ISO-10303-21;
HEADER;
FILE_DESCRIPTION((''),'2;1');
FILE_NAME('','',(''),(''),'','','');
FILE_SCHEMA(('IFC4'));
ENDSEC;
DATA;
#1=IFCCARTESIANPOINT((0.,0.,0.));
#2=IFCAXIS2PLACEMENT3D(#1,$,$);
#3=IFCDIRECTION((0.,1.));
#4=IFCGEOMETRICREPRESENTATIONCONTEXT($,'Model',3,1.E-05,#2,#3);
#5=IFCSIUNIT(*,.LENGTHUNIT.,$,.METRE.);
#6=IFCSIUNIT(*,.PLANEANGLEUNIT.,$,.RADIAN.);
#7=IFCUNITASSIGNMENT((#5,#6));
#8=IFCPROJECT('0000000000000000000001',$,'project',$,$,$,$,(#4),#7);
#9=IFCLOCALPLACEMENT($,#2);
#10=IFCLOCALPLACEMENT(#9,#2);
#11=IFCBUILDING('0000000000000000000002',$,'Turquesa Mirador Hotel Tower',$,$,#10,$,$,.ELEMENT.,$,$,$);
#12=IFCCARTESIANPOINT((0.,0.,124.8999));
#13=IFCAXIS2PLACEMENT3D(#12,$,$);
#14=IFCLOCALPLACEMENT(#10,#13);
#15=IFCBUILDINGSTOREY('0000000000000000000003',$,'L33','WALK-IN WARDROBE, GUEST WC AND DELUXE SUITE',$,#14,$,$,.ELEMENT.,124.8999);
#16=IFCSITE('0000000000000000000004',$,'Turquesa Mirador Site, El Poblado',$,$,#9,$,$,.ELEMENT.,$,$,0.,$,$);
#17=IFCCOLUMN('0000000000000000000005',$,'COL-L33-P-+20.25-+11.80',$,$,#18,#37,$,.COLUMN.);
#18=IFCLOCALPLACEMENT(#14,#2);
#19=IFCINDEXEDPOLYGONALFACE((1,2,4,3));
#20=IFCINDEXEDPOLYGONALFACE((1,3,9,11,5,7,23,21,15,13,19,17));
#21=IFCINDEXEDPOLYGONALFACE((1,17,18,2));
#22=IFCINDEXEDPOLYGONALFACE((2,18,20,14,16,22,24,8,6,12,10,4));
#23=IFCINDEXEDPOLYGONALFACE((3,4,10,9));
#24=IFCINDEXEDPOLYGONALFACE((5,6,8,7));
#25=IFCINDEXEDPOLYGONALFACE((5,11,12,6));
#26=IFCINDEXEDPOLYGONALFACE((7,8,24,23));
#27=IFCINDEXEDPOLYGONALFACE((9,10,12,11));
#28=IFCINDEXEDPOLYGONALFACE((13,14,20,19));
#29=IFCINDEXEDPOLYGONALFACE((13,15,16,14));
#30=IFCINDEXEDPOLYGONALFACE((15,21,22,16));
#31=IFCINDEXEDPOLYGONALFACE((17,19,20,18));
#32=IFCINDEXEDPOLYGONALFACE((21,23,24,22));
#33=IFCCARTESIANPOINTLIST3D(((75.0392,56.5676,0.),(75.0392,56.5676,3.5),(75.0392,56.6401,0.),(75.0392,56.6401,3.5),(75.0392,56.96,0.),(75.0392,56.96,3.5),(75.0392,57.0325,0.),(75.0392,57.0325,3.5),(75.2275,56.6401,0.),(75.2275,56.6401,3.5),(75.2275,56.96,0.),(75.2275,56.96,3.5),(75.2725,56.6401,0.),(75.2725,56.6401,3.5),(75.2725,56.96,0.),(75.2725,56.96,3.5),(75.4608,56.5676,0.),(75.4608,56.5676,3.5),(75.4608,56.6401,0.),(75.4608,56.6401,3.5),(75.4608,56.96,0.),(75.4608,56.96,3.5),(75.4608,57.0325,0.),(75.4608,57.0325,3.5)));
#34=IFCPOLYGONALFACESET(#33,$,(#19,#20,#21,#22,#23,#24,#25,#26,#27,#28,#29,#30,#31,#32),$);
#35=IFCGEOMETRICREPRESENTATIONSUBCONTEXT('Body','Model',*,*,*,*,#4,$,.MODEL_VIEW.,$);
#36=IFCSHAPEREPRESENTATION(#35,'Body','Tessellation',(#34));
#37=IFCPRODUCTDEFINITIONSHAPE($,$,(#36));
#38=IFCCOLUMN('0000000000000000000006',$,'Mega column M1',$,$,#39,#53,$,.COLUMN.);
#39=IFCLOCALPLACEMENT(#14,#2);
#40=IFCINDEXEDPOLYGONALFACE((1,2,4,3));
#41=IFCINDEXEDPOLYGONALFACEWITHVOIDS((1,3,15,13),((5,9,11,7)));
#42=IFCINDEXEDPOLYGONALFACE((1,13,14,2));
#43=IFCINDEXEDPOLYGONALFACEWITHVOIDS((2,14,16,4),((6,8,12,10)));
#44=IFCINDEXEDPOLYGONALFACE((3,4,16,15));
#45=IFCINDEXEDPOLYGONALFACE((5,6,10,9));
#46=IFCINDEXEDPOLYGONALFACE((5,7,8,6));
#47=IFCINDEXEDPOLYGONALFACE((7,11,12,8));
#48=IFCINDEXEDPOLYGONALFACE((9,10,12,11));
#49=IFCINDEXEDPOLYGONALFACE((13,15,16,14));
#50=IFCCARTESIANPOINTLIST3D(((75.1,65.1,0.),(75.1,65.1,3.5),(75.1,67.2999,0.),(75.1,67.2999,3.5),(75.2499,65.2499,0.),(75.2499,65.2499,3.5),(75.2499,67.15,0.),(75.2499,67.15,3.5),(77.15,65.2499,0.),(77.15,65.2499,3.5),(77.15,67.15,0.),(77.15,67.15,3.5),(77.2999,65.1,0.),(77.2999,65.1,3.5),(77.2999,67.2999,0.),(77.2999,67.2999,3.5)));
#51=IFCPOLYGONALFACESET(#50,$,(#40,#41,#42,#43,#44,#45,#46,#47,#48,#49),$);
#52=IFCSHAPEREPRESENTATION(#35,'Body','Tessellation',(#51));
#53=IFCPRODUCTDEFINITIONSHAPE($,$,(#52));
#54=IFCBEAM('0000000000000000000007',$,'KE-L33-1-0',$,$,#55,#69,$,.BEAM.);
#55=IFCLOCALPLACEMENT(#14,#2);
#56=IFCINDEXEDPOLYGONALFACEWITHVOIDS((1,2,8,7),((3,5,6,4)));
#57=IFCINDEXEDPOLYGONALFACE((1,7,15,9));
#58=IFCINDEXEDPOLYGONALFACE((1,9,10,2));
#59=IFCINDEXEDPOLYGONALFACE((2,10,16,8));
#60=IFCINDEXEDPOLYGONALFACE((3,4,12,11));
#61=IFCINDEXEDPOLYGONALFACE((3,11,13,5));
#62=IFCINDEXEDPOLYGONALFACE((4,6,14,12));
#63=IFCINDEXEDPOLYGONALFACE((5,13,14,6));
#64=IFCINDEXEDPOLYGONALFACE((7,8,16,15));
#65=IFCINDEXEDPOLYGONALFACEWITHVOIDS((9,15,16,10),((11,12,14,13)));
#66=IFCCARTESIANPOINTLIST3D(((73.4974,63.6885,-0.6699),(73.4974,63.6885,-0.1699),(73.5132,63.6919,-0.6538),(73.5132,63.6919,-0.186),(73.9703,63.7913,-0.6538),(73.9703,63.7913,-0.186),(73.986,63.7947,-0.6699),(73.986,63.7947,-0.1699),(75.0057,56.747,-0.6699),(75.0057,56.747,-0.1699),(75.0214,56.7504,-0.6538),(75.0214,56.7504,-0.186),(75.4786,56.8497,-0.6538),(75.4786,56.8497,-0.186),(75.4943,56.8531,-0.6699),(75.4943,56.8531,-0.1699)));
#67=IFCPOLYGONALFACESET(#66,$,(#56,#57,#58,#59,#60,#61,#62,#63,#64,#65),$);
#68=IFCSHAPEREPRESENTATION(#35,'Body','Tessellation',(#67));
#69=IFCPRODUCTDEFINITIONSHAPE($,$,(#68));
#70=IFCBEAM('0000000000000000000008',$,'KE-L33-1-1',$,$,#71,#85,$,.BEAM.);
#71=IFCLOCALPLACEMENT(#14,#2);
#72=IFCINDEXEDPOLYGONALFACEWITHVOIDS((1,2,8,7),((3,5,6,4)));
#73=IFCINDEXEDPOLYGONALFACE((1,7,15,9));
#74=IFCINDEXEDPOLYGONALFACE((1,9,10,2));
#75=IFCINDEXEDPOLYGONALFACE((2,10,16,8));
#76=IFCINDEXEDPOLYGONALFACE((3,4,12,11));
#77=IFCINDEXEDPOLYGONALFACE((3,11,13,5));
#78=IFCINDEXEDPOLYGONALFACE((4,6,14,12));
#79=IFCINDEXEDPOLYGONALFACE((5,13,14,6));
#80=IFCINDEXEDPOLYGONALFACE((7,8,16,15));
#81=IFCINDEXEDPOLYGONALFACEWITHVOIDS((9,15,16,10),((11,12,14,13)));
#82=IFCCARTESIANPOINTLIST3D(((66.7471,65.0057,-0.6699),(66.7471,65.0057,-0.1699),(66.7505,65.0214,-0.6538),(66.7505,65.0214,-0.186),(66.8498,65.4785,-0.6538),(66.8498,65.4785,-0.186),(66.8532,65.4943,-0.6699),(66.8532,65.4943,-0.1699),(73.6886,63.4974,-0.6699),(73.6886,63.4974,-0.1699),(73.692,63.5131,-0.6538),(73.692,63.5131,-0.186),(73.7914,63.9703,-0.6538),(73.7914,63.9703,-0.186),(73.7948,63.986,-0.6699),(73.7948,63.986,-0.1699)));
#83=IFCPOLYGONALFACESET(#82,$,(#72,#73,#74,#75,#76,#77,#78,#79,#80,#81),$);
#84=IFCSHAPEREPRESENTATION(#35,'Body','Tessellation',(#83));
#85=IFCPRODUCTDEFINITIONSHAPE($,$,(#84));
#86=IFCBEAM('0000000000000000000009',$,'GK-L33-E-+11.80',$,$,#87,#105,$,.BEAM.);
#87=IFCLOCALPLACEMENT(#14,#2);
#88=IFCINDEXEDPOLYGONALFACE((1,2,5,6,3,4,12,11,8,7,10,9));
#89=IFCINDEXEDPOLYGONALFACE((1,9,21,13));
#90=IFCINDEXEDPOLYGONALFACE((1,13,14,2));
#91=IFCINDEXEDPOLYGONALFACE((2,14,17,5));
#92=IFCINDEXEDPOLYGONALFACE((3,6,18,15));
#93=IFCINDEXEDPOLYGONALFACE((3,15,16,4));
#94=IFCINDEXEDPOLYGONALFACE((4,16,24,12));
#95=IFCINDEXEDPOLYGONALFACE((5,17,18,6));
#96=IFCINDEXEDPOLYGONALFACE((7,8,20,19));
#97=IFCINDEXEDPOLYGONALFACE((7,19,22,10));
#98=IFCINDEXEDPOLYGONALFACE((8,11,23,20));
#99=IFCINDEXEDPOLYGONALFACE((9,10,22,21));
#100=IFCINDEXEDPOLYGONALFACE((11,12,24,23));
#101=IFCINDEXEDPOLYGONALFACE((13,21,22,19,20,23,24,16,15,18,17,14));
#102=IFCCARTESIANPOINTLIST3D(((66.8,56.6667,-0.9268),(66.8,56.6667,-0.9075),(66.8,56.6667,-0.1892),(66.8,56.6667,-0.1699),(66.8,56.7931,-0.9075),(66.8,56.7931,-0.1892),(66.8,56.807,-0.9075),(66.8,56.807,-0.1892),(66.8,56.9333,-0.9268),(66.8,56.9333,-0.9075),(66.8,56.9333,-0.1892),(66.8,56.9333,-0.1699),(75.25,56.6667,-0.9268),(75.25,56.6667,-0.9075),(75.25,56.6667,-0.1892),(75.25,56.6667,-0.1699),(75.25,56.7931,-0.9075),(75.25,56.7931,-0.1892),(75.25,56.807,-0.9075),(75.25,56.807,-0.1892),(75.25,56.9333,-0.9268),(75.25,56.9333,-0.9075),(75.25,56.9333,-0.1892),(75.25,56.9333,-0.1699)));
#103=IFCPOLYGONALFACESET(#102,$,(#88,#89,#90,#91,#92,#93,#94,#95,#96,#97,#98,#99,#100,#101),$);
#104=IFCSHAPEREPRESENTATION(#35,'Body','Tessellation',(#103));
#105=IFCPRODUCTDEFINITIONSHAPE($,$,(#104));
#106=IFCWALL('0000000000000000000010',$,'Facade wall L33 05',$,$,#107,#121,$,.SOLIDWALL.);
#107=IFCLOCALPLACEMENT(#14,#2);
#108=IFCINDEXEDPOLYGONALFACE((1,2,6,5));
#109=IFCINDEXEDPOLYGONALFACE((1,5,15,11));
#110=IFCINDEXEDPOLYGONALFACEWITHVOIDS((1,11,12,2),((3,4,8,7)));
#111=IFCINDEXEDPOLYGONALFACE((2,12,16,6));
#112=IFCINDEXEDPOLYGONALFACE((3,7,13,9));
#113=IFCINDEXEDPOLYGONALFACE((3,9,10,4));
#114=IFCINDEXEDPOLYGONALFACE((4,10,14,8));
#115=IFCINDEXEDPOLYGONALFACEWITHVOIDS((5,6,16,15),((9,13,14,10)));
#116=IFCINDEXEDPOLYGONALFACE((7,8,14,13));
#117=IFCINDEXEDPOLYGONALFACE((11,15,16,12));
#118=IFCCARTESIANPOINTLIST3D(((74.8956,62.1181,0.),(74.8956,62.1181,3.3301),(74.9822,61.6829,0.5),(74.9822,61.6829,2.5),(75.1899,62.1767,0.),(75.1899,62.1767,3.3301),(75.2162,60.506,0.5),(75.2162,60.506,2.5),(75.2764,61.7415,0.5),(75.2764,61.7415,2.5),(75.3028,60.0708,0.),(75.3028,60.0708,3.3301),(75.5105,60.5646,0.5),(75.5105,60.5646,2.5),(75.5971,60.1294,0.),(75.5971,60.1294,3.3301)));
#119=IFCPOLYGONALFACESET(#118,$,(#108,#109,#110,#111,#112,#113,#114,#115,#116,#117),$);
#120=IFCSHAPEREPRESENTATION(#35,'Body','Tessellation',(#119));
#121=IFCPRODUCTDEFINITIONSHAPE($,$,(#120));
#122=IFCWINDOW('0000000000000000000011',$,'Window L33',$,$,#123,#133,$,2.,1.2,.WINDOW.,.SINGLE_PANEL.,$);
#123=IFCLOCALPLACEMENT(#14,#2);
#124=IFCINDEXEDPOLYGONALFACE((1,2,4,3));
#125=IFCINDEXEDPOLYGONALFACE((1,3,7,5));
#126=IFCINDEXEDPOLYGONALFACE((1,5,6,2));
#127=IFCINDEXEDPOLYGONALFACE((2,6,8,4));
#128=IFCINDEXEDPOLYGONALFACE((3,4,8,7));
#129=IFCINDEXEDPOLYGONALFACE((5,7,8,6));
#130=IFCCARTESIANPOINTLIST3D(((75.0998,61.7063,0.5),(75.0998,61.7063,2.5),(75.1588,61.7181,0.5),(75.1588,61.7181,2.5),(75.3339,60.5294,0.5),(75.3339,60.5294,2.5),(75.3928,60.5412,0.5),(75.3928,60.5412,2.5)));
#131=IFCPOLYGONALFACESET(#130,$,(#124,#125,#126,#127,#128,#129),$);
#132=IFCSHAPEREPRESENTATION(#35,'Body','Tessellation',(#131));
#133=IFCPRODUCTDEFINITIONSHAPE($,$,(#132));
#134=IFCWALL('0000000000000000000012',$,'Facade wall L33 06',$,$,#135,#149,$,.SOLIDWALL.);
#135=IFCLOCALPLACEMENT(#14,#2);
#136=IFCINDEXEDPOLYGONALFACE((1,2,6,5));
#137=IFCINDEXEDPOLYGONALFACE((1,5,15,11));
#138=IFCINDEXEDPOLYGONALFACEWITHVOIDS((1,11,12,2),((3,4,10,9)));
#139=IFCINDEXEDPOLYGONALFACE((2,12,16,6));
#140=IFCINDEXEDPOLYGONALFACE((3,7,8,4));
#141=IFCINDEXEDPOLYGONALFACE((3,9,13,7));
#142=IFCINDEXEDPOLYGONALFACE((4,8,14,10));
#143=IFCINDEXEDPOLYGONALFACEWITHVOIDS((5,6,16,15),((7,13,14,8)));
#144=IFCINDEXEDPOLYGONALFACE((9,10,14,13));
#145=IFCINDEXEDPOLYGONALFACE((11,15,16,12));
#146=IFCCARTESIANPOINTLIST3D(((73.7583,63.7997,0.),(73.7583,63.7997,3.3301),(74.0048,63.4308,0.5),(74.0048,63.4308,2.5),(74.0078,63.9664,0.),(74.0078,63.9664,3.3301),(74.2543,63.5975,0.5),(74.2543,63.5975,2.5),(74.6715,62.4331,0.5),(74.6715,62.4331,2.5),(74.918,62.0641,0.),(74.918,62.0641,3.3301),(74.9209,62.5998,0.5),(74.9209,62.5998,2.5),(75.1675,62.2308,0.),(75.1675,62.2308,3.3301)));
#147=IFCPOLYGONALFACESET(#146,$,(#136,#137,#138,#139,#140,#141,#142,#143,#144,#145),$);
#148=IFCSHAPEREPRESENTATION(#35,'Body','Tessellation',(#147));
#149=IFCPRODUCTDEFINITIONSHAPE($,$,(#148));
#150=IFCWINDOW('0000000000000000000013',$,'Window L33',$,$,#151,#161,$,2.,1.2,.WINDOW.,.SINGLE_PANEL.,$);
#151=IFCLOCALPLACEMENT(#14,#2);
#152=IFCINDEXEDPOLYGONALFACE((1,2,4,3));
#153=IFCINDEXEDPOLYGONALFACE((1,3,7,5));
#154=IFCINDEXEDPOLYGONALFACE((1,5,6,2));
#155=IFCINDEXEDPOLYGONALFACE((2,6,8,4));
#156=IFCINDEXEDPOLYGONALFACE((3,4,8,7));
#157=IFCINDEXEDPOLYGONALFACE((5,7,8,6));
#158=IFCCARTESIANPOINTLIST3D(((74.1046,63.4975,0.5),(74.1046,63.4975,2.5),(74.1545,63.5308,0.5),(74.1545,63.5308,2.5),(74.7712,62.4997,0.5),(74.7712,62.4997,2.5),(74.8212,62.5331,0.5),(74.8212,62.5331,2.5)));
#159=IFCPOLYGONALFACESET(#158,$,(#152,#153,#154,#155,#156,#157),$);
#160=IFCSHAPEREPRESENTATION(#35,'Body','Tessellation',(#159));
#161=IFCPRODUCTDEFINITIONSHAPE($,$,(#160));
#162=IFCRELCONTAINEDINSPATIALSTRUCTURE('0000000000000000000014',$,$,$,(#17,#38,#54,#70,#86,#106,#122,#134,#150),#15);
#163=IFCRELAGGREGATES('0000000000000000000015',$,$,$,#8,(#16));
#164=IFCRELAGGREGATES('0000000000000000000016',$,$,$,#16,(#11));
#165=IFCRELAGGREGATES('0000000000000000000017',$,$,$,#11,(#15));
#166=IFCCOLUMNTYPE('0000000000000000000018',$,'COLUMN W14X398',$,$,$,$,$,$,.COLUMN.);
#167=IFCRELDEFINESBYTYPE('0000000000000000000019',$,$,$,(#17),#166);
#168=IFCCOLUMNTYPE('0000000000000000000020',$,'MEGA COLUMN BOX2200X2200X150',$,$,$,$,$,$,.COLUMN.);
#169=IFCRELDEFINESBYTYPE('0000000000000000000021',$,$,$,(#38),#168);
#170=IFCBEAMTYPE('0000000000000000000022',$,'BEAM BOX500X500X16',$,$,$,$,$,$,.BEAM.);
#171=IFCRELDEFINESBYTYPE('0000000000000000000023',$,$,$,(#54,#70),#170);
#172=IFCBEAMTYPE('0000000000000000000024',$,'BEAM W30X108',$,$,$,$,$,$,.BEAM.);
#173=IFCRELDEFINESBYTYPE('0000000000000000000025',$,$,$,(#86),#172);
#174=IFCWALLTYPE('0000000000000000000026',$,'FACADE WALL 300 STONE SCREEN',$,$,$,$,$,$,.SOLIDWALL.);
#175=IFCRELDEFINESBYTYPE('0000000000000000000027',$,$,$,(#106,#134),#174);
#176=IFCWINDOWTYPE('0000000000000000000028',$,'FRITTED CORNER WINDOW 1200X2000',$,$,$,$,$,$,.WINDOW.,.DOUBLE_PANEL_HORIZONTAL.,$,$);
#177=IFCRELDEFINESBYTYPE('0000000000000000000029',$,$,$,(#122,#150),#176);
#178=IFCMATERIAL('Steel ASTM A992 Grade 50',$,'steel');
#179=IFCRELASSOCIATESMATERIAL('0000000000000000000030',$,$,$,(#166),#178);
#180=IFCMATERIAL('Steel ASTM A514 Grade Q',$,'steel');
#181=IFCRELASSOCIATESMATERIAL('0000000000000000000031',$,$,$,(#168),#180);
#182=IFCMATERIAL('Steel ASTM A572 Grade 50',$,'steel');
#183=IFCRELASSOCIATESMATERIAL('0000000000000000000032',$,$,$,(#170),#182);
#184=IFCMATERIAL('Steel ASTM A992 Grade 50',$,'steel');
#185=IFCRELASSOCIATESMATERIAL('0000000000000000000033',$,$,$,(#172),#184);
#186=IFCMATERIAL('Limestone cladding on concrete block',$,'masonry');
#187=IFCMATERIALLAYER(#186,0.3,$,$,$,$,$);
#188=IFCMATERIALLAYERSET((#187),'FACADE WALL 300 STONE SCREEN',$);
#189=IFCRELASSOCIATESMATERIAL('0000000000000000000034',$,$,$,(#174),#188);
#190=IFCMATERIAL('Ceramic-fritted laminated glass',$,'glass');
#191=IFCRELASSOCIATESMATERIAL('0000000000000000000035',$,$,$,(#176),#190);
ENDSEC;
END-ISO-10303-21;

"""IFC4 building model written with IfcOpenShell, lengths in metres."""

from ifc_helpers import new_model, si_unit, direction, frame, frame_2d, origin, origin_2d, place, context, subcontext, project, spatial, rectangle, hollow_rectangle, i_section, extrude, material, layer, layer_set, material_profile, profile_set, type_object, element, fill, save


model = new_model("IFC4")

# Units and contexts
model_context = context("Model", 3, precision=1e-05, world=origin(), true_north=direction((0.0, 1.0)))
body_context = subcontext(model_context, "Body", "Model", "MODEL_VIEW")
ifc_project = project(units=[si_unit("LENGTHUNIT", "METRE"), si_unit("PLANEANGLEUNIT", "RADIAN")], contexts=[model_context])

# Site, building, storey
site_placement = place(None, origin())
site = spatial("IfcSite", under=ifc_project, at=site_placement, Name="Turquesa Mirador Site, El Poblado", CompositionType="ELEMENT", RefElevation=0.0)
building_placement = place(site_placement, origin())
building = spatial("IfcBuilding", under=site, at=building_placement, Name="Turquesa Mirador Hotel Tower", CompositionType="ELEMENT")
storey_placement = place(building_placement, frame((0.0, 0.0, 124.8999)))
storey = spatial("IfcBuildingStorey", under=building, at=storey_placement, Name="L33", Description="WALK-IN WARDROBE, GUEST WC AND DELUXE SUITE", CompositionType="ELEMENT", Elevation=124.8999)

# Columns
ifc_material_1 = material(Name="Steel ASTM A992 Grade 50", Category="steel")
ifc_material_profile_1 = material_profile(ifc_material_1, i_section(OverallWidth=0.4216, OverallDepth=0.4648, WebThickness=0.0449, FlangeThickness=0.0725, at=origin_2d()), Name="W14X398")
ifc_profile_set_1 = profile_set([ifc_material_profile_1], Name="Steel ASTM A992 Grade 50")
column_type_1 = type_object("IfcColumnType", Name="COLUMN W14X398", PredefinedType="COLUMN", material=ifc_profile_set_1)
column_1_placement = place(storey_placement, frame((75.25, 56.8, 0.0), z_axis=(0.0, 0.0, 1.0), x_axis=(1.0, 0.0, 0.0)))
element("IfcColumn", 1, at=column_1_placement, inside=storey, type_object=column_type_1, Name="COL-L33-P-+20.25-+11.80", PredefinedType="COLUMN", context=body_context, shape_type="SweptSolid", body=[
    extrude(i_section(OverallWidth=0.4216, OverallDepth=0.4648, WebThickness=0.0449, FlangeThickness=0.0725, at=origin_2d()), origin(), (0.0, 0.0, 1.0), 3.5),
])
ifc_material_2 = material(Name="Steel ASTM A514 Grade Q", Category="steel")
ifc_material_profile_2 = material_profile(ifc_material_2, hollow_rectangle(XDim=2.2, YDim=2.2, WallThickness=0.1499, at=origin_2d()), Name="BOX2200X2200X150")
ifc_profile_set_2 = profile_set([ifc_material_profile_2], Name="Steel ASTM A514 Grade Q")
column_type_2 = type_object("IfcColumnType", Name="MEGA COLUMN BOX2200X2200X150", PredefinedType="COLUMN", material=ifc_profile_set_2)
column_2_placement = place(storey_placement, frame((76.2, 66.2, 0.0), z_axis=(0.0, 0.0, 1.0), x_axis=(1.0, 0.0, 0.0)))
element("IfcColumn", 2, at=column_2_placement, inside=storey, type_object=column_type_2, Name="Mega column M1", PredefinedType="COLUMN", context=body_context, shape_type="SweptSolid", body=[
    extrude(hollow_rectangle(XDim=2.2, YDim=2.2, WallThickness=0.1499, at=origin_2d()), origin(), (0.0, 0.0, 1.0), 3.5),
])

# Beams
ifc_material_3 = material(Name="Steel ASTM A572 Grade 50", Category="steel")
ifc_material_profile_3 = material_profile(ifc_material_3, hollow_rectangle(XDim=0.5, YDim=0.5, WallThickness=0.0161, at=origin_2d()), Name="BOX500X500X16")
ifc_profile_set_3 = profile_set([ifc_material_profile_3], Name="Steel ASTM A572 Grade 50")
beam_type_1 = type_object("IfcBeamType", Name="BEAM BOX500X500X16", PredefinedType="BEAM", material=ifc_profile_set_3)
for number, where, z_axis, x_axis, name in (
    (3, (75.25, 56.8, -0.4199), (-0.212328, 0.977198, 0.0), (-0.977198, -0.212328, 0.0), "KE-L33-1-0"),
    (4, (73.7417, 63.7417, -0.4199), (-0.977198, 0.212328, 0.0), (-0.212328, -0.977198, 0.0), "KE-L33-1-1"),
):
    element("IfcBeam", number, at=place(storey_placement, frame(where, z_axis=z_axis, x_axis=x_axis)), inside=storey, type_object=beam_type_1, Name=name, PredefinedType="BEAM", context=body_context, shape_type="SweptSolid", body=[
        extrude(hollow_rectangle(XDim=0.5, YDim=0.5, WallThickness=0.0161, at=origin_2d()), origin(), (0.0, 0.0, 1.0), 7.1035),
    ])
ifc_material_4 = material(Name="Steel ASTM A992 Grade 50", Category="steel")
ifc_material_profile_4 = material_profile(ifc_material_4, i_section(OverallWidth=0.2666, OverallDepth=0.7568, WebThickness=0.0139, FlangeThickness=0.0193, at=origin_2d()), Name="W30X108")
ifc_profile_set_4 = profile_set([ifc_material_profile_4], Name="Steel ASTM A992 Grade 50")
beam_type_2 = type_object("IfcBeamType", Name="BEAM W30X108", PredefinedType="BEAM", material=ifc_profile_set_4)
beam_placement = place(storey_placement, frame((75.25, 56.8, -0.5483), z_axis=(-1.0, 0.0, 0.0), x_axis=(0.0, -1.0, 0.0)))
element("IfcBeam", 5, at=beam_placement, inside=storey, type_object=beam_type_2, Name="GK-L33-E-+11.80", PredefinedType="BEAM", context=body_context, shape_type="SweptSolid", body=[
    extrude(i_section(OverallWidth=0.2666, OverallDepth=0.7568, WebThickness=0.0139, FlangeThickness=0.0193, at=origin_2d()), origin(), (0.0, 0.0, 1.0), 8.45),
])

# Walls, openings, windows
ifc_material_5 = material(Name="Limestone cladding on concrete block", Category="masonry")
ifc_layer = layer(ifc_material_5, 0.3)
ifc_layer_set = layer_set([ifc_layer], Name="FACADE WALL 300 STONE SCREEN")
wall_type = type_object("IfcWallType", Name="FACADE WALL 300 STONE SCREEN", PredefinedType="SOLIDWALL", material=ifc_layer_set)
wall_1_placement = place(storey_placement, frame((75.45, 60.1001, 0.0), z_axis=(0.0, 0.0, 1.0), x_axis=(-0.195081, 0.980787, 0.0)))
wall_1 = element("IfcWall", 6, at=wall_1_placement, inside=storey, type_object=wall_type, Name="Facade wall L33 05", PredefinedType="SOLIDWALL", context=body_context, shape_type="SweptSolid", body=[
    extrude(rectangle(XDim=2.0874, YDim=0.3, at=frame_2d((1.0437, 0.0))), origin(), (0.0, 0.0, 1.0), 3.3301),
])
opening_1_placement = place(wall_1_placement, frame((0.4436, 0.0, 0.5)))
opening_1 = element("IfcOpeningElement", 7, at=opening_1_placement, cuts=wall_1, PredefinedType="OPENING", context=body_context, shape_type="SweptSolid", body=[
    extrude(rectangle(XDim=1.2, YDim=2.0, at=frame_2d((0.6001, 1.0))), frame((0.0, 0.1599, 0.0), z_axis=(0.0, -1.0, 0.0), x_axis=(1.0, 0.0, 0.0)), (0.0, 0.0, 1.0), 0.3201),
])
ifc_material_6 = material(Name="Ceramic-fritted laminated glass", Category="glass")
window_type = type_object("IfcWindowType", Name="FRITTED CORNER WINDOW 1200X2000", PartitioningType="DOUBLE_PANEL_HORIZONTAL", PredefinedType="WINDOW", material=ifc_material_6)
window_1_placement = place(opening_1_placement, origin())
window_1 = element("IfcWindow", 8, at=window_1_placement, inside=storey, type_object=window_type, Name="Window L33", OverallHeight=2.0, OverallWidth=1.2, PartitioningType="SINGLE_PANEL", PredefinedType="WINDOW", context=body_context, shape_type="SweptSolid", body=[
    extrude(rectangle(XDim=1.2, YDim=2.0, at=frame_2d((0.6001, 1.0))), frame((0.0, 0.03, 0.0), z_axis=(0.0, -1.0, 0.0), x_axis=(1.0, 0.0, 0.0)), (0.0, 0.0, 1.0), 0.0601),
])
fill(opening_1, window_1)
wall_2_placement = place(storey_placement, frame((75.0427, 62.1475, 0.0), z_axis=(0.0, 0.0, 1.0), x_axis=(-0.555564, 0.831474, 0.0)))
wall_2 = element("IfcWall", 9, at=wall_2_placement, inside=storey, type_object=wall_type, Name="Facade wall L33 06", PredefinedType="SOLIDWALL", context=body_context, shape_type="SweptSolid", body=[
    extrude(rectangle(XDim=2.0874, YDim=0.3, at=frame_2d((1.0437, 0.0))), origin(), (0.0, 0.0, 1.0), 3.3301),
])
opening_2_placement = place(wall_2_placement, frame((0.4436, 0.0, 0.5)))
opening_2 = element("IfcOpeningElement", 10, at=opening_2_placement, cuts=wall_2, PredefinedType="OPENING", context=body_context, shape_type="SweptSolid", body=[
    extrude(rectangle(XDim=1.2, YDim=2.0, at=frame_2d((0.6001, 1.0))), frame((0.0, 0.1599, 0.0), z_axis=(0.0, -1.0, 0.0), x_axis=(1.0, 0.0, 0.0)), (0.0, 0.0, 1.0), 0.3201),
])
window_2_placement = place(opening_2_placement, origin())
window_2 = element("IfcWindow", 11, at=window_2_placement, inside=storey, type_object=window_type, Name="Window L33", OverallHeight=2.0, OverallWidth=1.2, PartitioningType="SINGLE_PANEL", PredefinedType="WINDOW", context=body_context, shape_type="SweptSolid", body=[
    extrude(rectangle(XDim=1.2, YDim=2.0, at=frame_2d((0.6001, 1.0))), frame((0.0, 0.03, 0.0), z_axis=(0.0, -1.0, 0.0), x_axis=(1.0, 0.0, 0.0)), (0.0, 0.0, 1.0), 0.0601),
])
fill(opening_2, window_2)

save(model, "model.ifc")
